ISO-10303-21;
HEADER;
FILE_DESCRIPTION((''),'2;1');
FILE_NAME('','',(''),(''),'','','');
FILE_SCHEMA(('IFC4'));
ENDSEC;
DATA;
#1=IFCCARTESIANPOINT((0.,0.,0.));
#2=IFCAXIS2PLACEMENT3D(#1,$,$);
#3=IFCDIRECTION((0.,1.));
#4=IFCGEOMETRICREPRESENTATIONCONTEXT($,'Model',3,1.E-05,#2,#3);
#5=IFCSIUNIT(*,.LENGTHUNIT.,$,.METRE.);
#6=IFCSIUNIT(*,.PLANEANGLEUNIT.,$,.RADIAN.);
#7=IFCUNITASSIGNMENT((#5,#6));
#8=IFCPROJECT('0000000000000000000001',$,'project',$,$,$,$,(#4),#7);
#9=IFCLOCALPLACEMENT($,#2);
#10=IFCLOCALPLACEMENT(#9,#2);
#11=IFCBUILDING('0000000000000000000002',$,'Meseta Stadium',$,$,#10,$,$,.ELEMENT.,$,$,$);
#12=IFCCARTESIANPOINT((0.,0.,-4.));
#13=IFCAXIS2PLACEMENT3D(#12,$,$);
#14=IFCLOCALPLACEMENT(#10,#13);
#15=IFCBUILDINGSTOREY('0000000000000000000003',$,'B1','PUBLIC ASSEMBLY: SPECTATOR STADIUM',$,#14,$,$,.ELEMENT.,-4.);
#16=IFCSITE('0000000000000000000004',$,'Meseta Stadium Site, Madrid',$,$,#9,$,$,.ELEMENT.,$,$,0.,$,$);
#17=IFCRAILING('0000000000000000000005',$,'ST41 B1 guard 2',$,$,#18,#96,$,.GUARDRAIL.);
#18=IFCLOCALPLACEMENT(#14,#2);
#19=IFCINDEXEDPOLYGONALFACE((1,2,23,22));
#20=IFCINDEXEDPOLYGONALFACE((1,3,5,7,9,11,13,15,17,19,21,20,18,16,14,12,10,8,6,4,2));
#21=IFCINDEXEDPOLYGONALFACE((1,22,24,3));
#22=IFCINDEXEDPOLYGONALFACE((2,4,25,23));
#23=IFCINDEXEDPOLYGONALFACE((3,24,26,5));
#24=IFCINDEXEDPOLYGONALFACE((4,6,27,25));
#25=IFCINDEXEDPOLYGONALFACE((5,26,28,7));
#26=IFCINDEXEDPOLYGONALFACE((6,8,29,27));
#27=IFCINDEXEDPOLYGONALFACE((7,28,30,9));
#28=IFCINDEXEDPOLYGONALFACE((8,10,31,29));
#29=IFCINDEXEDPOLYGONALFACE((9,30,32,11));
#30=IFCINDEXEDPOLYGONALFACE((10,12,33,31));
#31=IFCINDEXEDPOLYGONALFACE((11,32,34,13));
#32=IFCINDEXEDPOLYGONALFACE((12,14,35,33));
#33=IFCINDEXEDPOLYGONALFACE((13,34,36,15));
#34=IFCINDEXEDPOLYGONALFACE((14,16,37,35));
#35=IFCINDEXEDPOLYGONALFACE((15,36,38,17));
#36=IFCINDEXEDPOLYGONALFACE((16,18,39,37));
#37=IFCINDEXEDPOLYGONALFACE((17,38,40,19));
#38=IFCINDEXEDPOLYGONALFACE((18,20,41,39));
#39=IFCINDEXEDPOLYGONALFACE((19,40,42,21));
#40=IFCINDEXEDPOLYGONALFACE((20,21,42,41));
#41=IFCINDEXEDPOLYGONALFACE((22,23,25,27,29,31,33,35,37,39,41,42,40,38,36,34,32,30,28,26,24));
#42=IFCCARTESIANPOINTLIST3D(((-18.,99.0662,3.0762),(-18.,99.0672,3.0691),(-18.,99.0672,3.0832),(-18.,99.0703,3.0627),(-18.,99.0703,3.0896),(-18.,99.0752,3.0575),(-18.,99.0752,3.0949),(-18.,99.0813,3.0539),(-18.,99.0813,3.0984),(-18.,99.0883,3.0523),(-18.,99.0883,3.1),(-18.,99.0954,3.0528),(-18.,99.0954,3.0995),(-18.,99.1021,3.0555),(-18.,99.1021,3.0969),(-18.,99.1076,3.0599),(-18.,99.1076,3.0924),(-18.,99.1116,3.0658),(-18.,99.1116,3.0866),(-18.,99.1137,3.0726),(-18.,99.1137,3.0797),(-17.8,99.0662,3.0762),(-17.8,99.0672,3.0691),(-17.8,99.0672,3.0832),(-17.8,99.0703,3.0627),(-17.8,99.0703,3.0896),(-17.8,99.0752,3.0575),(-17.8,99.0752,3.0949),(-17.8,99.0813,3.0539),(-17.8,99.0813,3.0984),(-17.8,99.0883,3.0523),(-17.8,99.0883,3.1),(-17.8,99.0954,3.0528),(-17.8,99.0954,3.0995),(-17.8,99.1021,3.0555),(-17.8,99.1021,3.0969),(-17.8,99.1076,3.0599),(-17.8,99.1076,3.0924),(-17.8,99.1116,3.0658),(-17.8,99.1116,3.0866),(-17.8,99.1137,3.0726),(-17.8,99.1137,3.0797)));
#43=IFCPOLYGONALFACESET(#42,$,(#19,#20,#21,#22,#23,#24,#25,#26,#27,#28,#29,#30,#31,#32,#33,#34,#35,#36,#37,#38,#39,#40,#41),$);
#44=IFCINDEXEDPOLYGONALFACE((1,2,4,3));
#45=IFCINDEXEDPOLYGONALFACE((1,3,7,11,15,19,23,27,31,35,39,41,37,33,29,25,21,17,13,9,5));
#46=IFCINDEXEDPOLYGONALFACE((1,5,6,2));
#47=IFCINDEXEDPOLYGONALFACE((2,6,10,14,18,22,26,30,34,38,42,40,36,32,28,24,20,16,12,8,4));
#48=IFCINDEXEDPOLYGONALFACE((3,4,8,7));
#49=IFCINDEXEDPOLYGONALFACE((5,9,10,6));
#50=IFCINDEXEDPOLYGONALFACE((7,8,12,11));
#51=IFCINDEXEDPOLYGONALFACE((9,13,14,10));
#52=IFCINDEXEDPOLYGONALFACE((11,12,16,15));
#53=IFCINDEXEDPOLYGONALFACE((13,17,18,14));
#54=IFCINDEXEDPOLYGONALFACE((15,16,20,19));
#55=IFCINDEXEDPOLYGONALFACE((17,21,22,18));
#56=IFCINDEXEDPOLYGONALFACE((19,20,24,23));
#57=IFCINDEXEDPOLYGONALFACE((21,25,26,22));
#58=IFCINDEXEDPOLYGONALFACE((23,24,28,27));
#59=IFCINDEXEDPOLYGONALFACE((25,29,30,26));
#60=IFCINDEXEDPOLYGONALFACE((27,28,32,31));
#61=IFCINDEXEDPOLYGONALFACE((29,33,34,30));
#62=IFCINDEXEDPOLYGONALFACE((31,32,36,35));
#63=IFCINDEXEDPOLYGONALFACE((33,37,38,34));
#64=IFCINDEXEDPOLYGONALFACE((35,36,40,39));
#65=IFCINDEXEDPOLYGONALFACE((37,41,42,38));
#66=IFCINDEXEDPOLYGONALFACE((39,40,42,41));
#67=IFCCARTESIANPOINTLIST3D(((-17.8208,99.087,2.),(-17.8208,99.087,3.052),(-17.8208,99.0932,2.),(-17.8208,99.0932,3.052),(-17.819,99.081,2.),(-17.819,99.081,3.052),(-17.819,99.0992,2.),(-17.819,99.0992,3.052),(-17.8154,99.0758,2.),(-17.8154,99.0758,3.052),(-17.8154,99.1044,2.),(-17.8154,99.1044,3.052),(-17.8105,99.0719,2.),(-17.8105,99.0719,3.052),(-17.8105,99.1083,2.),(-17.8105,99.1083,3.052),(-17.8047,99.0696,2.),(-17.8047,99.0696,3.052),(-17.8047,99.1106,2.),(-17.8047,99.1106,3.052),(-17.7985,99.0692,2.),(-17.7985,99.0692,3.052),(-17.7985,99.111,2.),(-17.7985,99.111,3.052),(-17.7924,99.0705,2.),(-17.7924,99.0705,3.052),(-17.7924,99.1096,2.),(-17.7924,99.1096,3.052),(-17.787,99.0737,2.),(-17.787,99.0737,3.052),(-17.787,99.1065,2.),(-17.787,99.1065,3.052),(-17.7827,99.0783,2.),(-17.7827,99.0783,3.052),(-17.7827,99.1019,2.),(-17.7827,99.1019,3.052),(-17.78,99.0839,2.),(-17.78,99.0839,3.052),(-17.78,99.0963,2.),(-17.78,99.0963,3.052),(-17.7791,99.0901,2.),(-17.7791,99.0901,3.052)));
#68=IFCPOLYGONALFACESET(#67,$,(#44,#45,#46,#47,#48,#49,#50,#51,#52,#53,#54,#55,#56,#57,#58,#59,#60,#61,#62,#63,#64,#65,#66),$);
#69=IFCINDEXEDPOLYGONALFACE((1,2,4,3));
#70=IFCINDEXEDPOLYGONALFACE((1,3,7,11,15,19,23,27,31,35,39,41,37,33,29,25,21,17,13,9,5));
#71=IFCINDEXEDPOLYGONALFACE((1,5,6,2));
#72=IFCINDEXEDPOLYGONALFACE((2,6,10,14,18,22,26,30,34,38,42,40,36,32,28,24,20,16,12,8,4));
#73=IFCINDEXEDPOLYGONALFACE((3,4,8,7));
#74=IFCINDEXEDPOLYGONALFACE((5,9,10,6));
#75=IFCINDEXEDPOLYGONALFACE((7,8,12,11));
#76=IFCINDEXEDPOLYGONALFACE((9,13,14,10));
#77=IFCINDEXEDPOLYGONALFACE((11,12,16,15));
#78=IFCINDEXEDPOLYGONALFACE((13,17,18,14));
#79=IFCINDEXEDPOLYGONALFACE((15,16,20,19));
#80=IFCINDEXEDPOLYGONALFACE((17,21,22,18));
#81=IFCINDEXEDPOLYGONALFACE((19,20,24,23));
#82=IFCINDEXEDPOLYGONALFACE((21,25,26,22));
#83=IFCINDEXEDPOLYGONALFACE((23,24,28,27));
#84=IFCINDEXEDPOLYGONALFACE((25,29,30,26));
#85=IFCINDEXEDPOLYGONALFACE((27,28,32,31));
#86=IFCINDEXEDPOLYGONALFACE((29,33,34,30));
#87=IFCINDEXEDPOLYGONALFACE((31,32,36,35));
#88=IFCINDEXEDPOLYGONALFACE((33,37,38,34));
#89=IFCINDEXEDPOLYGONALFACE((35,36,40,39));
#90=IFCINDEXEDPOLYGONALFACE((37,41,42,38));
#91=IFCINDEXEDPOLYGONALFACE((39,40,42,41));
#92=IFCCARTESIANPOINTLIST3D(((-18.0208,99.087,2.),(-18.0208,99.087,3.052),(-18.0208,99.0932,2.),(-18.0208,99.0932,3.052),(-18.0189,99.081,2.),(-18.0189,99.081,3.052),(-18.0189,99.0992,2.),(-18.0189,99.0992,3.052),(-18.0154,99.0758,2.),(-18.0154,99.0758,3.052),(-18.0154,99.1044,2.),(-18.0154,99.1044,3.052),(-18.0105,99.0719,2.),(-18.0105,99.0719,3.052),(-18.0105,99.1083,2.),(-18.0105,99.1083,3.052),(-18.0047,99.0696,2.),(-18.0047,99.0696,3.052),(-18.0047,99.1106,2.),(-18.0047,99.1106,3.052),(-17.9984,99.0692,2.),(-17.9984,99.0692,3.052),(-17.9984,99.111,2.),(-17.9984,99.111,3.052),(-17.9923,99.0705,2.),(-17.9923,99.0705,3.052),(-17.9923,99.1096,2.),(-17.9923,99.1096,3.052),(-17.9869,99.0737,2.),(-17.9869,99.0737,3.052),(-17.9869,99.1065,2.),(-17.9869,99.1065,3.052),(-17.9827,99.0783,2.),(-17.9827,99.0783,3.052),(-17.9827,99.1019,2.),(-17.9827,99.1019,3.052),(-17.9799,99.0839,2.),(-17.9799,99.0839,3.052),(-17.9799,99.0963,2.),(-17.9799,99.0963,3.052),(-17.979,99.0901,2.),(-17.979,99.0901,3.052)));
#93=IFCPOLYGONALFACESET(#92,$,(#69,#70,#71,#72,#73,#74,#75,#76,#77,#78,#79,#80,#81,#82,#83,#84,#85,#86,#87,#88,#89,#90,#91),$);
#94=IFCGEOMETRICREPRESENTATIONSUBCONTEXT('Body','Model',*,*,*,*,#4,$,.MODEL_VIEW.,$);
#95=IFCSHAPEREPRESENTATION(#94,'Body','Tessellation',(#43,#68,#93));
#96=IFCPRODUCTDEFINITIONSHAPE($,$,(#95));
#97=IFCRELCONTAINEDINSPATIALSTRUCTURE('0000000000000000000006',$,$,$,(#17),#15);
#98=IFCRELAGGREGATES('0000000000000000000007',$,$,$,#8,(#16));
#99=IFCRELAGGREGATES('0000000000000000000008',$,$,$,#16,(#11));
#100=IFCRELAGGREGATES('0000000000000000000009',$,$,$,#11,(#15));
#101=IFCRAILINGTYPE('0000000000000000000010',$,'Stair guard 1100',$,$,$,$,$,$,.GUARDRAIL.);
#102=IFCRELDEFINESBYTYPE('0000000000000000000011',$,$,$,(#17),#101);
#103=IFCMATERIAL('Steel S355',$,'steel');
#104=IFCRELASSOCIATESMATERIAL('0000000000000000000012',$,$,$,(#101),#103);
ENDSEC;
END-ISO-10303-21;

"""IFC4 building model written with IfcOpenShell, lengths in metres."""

from ifc_helpers import new_model, si_unit, direction, frame, origin, origin_2d, place, context, subcontext, project, spatial, circle, extrude, material, type_object, element, save


model = new_model("IFC4")

# Units and contexts
model_context = context("Model", 3, precision=1e-05, world=origin(), true_north=direction((0.0, 1.0)))
body_context = subcontext(model_context, "Body", "Model", "MODEL_VIEW")
ifc_project = project(units=[si_unit("LENGTHUNIT", "METRE"), si_unit("PLANEANGLEUNIT", "RADIAN")], contexts=[model_context])

# Site, building, storey
site_placement = place(None, origin())
site = spatial("IfcSite", under=ifc_project, at=site_placement, Name="Meseta Stadium Site, Madrid", CompositionType="ELEMENT", RefElevation=0.0)
building_placement = place(site_placement, origin())
building = spatial("IfcBuilding", under=site, at=building_placement, Name="Meseta Stadium", CompositionType="ELEMENT")
storey_placement = place(building_placement, frame((0.0, 0.0, -4.0)))
storey = spatial("IfcBuildingStorey", under=building, at=storey_placement, Name="B1", Description="PUBLIC ASSEMBLY: SPECTATOR STADIUM", CompositionType="ELEMENT", Elevation=-4.0)

# Railing
ifc_material_1 = material(Name="Steel S355", Category="steel")
railing_type_1 = type_object("IfcRailingType", Name="Stair guard 1100", PredefinedType="GUARDRAIL", material=ifc_material_1)
railing_1_placement = place(storey_placement, frame((-17.8, 99.0901, 2.0)))
element("IfcRailing", 1, at=railing_1_placement, inside=storey, type_object=railing_type_1, Name="ST41 B1 guard 2", PredefinedType="GUARDRAIL", context=body_context, shape_type="SweptSolid", body=[
    extrude(circle(Radius=0.0239, at=origin_2d()), frame((0.0, 0.0, 1.0762), z_axis=(-1.0, 0.0, 0.0), x_axis=(0.0, -1.0, 0.0)), (0.0, 0.0, 1.0), 0.2),
    extrude(circle(Radius=0.021, at=origin_2d()), origin(), (0.0, 0.0, 1.0), 1.052),
    extrude(circle(Radius=0.021, at=origin_2d()), frame((-0.2, 0.0, 0.0)), (0.0, 0.0, 1.0), 1.052),
])

save(model, "model.ifc")
